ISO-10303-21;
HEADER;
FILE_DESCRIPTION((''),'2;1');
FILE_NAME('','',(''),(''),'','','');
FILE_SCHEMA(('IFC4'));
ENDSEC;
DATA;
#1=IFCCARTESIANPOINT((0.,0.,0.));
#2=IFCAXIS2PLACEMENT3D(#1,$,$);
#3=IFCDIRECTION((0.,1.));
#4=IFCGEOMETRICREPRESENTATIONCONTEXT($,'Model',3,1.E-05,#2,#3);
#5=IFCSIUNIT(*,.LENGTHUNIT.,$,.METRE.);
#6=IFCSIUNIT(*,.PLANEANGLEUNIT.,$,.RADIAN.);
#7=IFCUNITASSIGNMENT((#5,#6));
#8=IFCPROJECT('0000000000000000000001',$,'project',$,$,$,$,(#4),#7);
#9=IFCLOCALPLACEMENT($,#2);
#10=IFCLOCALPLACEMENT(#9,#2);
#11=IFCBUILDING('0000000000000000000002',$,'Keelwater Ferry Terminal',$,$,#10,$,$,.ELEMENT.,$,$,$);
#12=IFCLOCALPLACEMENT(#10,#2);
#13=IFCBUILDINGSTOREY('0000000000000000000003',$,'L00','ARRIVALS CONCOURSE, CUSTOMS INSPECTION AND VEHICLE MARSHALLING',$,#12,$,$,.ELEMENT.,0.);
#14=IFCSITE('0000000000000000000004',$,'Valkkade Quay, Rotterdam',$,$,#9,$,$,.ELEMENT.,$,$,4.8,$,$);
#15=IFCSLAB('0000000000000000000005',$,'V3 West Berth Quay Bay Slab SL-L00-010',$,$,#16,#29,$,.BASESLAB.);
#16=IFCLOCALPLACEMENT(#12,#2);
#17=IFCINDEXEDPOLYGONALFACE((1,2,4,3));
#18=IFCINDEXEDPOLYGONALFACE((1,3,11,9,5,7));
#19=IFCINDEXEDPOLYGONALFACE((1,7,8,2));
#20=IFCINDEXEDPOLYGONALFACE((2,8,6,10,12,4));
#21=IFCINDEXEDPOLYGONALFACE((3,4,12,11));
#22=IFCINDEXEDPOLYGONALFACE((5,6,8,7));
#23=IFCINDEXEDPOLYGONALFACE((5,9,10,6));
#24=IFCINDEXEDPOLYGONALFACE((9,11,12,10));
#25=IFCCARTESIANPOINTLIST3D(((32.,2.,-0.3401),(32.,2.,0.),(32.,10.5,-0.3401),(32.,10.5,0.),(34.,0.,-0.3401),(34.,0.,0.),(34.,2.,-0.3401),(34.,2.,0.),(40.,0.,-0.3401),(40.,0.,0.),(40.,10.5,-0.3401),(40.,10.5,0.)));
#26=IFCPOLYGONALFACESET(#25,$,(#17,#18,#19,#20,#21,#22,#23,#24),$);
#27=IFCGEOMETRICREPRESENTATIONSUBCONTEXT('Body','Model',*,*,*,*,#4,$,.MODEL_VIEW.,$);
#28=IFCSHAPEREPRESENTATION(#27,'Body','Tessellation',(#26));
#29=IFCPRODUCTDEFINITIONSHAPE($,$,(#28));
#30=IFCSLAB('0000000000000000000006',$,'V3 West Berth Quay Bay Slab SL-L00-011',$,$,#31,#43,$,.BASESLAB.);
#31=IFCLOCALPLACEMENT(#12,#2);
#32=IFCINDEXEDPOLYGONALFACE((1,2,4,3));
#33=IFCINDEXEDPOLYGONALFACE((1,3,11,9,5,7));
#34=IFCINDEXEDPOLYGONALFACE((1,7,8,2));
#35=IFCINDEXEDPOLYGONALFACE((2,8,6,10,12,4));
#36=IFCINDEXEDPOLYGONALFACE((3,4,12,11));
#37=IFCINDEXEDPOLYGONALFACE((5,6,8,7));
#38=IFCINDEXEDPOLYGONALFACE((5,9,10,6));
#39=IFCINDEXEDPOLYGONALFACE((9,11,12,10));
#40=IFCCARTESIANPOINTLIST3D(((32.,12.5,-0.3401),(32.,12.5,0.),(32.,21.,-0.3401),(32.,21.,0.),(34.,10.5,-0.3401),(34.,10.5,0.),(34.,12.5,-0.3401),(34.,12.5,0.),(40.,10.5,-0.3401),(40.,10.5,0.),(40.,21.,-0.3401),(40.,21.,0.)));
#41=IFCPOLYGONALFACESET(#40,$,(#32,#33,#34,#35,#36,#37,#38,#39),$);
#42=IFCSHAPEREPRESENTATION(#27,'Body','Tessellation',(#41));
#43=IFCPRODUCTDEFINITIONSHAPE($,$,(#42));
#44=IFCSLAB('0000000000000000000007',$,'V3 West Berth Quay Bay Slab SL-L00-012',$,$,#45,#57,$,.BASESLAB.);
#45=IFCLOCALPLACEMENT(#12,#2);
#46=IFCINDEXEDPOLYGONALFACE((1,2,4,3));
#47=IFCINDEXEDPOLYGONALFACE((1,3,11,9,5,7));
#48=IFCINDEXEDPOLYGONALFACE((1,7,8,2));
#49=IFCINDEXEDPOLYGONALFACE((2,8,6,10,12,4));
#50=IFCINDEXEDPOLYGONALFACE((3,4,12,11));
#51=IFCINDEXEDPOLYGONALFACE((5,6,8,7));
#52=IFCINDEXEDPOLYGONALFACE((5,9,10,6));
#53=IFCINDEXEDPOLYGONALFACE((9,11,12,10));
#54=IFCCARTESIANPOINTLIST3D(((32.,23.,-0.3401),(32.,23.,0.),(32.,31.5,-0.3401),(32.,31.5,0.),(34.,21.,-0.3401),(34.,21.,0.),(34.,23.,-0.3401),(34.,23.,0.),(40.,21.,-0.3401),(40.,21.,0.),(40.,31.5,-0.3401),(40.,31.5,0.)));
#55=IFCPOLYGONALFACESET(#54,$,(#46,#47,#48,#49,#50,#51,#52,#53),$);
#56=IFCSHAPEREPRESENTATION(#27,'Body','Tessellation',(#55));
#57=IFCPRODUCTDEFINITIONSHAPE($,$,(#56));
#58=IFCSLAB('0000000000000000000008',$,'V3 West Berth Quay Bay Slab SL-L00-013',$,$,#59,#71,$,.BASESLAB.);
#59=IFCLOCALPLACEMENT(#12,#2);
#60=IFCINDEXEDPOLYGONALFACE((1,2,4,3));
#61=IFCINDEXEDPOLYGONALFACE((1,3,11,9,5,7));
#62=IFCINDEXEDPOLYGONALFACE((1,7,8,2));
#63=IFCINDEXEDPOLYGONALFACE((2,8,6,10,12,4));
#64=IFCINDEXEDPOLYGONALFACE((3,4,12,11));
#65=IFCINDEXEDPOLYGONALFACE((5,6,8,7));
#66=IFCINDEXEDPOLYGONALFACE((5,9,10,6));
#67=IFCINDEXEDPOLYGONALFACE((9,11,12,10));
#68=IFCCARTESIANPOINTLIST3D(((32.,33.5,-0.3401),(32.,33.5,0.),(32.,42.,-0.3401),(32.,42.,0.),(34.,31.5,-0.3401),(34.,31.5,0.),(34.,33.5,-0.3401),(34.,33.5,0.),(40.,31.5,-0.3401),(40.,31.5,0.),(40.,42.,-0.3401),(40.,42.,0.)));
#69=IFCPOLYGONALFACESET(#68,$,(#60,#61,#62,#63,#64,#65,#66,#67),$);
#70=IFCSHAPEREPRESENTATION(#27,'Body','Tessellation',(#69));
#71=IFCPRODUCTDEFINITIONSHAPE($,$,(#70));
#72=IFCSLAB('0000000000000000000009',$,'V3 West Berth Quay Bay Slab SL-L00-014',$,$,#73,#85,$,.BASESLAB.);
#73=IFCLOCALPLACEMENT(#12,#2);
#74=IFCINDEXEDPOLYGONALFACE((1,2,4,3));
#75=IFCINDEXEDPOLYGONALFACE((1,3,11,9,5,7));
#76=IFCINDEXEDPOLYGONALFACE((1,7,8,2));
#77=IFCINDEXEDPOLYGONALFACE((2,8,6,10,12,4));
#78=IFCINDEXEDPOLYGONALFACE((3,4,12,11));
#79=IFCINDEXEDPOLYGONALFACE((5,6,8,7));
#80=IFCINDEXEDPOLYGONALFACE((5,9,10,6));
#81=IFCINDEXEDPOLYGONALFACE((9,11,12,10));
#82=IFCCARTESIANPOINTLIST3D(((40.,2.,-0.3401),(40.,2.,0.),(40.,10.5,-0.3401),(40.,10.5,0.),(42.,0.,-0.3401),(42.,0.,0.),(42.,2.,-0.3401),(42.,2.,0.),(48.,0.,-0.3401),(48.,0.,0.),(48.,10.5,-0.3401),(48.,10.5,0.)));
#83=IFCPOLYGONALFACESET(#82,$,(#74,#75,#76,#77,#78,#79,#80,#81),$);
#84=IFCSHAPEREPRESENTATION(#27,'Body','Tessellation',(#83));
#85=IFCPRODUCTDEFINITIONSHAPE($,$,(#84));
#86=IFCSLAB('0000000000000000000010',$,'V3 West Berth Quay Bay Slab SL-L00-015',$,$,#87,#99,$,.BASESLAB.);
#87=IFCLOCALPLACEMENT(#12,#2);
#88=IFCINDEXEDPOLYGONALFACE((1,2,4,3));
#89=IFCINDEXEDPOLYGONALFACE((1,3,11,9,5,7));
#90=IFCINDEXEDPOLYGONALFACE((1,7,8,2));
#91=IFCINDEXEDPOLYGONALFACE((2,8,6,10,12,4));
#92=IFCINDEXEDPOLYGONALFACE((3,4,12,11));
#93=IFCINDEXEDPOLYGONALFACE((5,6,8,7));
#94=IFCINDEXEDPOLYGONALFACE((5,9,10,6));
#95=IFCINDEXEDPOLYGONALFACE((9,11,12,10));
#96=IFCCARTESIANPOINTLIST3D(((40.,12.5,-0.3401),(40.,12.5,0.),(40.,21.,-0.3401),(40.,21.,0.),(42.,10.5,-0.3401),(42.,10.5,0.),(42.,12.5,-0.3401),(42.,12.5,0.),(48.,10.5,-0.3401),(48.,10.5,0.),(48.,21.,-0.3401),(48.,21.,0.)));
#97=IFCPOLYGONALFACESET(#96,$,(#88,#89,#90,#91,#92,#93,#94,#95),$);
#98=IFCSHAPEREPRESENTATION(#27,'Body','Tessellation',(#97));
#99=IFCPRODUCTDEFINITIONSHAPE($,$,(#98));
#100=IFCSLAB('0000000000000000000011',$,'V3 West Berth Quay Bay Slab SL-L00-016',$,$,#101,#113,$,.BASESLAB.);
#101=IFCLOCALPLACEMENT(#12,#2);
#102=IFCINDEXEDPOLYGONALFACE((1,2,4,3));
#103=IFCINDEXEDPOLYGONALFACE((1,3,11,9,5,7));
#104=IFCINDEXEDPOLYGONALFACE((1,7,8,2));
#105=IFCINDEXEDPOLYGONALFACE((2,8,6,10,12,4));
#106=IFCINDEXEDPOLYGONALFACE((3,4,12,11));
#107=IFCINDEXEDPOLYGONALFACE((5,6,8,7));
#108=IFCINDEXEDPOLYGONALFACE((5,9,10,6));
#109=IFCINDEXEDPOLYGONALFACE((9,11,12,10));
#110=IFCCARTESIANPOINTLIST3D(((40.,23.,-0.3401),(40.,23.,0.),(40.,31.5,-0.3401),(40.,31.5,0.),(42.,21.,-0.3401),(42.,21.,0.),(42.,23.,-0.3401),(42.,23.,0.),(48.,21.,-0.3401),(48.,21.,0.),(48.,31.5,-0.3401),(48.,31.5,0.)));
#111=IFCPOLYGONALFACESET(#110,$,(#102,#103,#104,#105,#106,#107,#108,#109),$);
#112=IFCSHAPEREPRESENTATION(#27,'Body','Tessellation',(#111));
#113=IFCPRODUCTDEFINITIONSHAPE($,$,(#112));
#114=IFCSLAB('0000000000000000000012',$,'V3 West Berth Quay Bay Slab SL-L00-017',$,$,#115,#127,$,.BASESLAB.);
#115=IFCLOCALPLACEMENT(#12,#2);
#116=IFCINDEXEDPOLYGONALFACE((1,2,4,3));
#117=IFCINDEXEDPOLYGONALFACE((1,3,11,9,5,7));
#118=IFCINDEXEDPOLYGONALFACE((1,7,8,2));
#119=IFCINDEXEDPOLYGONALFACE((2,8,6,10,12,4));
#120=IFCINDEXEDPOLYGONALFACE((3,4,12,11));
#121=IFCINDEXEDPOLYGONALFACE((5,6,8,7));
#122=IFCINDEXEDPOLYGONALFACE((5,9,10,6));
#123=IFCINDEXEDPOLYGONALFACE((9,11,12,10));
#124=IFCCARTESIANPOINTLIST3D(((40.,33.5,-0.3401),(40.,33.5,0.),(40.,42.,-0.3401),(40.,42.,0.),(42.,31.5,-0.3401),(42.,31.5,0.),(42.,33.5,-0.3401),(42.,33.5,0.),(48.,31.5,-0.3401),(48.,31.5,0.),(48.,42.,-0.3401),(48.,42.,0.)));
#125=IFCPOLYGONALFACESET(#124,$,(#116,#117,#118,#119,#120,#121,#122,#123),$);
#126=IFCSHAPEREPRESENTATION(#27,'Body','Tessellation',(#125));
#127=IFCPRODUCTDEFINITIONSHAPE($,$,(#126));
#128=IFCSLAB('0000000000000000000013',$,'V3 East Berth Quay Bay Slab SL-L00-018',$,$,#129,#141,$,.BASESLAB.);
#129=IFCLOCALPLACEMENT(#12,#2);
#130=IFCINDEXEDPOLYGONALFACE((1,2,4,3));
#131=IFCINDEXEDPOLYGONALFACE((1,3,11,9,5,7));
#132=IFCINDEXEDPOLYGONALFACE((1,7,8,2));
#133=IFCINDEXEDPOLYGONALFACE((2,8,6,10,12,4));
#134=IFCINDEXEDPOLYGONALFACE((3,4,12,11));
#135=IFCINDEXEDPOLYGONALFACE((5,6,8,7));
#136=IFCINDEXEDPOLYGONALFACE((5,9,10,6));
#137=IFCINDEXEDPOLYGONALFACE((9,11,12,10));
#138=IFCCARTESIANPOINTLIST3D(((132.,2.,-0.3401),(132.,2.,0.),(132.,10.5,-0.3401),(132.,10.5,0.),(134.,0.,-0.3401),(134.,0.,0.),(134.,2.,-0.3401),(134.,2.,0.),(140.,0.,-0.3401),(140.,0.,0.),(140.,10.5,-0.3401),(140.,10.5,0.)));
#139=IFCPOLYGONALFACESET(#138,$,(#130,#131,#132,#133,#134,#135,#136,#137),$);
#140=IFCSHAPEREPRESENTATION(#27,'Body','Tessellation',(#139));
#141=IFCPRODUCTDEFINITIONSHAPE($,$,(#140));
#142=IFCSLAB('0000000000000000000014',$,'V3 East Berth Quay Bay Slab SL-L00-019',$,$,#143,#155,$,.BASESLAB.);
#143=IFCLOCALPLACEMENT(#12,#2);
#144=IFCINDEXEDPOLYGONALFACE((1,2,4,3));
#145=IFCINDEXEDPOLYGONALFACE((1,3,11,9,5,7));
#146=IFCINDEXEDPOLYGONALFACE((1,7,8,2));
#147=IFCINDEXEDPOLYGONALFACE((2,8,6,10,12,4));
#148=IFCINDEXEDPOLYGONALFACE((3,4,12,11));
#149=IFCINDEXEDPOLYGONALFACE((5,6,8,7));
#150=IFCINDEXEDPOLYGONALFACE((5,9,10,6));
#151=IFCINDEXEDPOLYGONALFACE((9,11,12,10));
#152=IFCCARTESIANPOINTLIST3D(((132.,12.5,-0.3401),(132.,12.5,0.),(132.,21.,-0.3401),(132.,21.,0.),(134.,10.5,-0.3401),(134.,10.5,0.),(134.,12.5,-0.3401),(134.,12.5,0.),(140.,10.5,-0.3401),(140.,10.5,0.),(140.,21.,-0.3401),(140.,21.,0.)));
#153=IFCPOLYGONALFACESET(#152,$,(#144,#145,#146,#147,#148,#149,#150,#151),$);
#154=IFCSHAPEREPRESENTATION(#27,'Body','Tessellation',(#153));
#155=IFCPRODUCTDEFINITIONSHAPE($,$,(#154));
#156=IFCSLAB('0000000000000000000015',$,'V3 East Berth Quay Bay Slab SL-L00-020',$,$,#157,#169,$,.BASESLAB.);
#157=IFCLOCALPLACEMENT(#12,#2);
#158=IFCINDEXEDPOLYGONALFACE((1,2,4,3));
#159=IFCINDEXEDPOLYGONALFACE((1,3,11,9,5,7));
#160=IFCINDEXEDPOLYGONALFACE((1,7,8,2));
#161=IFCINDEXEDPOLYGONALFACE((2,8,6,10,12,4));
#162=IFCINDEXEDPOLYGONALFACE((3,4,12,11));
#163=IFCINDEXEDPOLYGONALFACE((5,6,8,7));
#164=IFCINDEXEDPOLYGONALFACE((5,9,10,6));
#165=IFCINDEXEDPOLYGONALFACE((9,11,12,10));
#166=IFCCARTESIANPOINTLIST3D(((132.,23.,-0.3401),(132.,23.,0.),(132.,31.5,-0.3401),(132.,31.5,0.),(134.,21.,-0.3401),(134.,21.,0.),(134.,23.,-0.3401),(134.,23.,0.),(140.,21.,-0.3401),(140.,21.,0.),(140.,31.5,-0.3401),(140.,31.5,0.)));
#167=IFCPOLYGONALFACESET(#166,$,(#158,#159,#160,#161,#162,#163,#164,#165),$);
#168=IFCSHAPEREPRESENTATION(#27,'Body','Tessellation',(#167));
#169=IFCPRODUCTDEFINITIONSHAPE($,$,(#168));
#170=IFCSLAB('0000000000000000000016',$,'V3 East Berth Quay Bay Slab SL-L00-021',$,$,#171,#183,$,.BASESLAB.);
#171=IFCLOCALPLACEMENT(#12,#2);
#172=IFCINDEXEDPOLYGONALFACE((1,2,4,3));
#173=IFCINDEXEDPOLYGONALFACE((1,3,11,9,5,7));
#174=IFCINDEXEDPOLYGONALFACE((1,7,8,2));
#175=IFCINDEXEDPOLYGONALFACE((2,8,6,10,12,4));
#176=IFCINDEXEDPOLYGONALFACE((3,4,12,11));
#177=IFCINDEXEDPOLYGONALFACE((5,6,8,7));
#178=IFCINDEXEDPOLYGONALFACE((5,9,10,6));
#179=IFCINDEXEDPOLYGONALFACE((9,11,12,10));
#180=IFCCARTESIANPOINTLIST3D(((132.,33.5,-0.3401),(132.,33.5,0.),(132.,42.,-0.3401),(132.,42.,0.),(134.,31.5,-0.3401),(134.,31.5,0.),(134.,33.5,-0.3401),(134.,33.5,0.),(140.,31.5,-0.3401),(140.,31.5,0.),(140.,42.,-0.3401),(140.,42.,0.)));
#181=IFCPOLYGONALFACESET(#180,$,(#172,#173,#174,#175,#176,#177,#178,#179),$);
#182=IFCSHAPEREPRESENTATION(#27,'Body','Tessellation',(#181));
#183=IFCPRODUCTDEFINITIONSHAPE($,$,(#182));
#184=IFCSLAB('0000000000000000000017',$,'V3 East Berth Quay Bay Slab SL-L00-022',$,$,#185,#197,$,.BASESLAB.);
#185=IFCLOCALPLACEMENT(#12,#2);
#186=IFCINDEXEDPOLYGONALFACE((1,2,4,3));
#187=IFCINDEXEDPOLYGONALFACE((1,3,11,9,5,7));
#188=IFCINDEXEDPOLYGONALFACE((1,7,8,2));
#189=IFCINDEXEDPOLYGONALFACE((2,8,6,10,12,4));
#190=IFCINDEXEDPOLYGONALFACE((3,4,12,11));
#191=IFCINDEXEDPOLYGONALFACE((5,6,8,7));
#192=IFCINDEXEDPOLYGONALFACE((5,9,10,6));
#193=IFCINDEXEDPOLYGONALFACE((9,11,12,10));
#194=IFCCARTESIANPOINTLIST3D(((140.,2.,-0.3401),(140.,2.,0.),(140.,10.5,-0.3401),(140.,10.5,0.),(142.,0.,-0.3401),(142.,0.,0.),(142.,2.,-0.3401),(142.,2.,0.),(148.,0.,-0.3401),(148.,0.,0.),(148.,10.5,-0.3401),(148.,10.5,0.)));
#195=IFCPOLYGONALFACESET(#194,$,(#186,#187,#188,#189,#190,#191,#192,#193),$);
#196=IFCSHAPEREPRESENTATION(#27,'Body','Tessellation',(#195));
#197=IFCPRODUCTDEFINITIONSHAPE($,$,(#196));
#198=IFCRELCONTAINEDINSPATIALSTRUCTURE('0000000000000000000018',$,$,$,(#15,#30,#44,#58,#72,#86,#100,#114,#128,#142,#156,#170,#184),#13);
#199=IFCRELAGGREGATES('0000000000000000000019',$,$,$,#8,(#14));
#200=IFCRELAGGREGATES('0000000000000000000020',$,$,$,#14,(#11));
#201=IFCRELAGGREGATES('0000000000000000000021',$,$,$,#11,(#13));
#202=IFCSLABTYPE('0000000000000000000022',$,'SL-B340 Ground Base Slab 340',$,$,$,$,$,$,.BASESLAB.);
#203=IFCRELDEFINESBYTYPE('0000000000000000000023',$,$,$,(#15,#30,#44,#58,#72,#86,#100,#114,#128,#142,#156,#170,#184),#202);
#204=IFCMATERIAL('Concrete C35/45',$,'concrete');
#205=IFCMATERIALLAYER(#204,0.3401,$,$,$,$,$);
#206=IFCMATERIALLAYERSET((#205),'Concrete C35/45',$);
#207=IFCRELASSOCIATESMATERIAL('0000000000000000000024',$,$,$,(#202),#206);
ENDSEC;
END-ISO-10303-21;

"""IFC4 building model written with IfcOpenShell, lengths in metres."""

from ifc_helpers import new_model, si_unit, direction, frame, origin, place, context, subcontext, project, spatial, polyline, outline, extrude, material, layer, layer_set, type_object, element, save


model = new_model("IFC4")

# Units and contexts
model_context = context("Model", 3, precision=1e-05, world=origin(), true_north=direction((0.0, 1.0)))
body_context = subcontext(model_context, "Body", "Model", "MODEL_VIEW")
ifc_project = project(units=[si_unit("LENGTHUNIT", "METRE"), si_unit("PLANEANGLEUNIT", "RADIAN")], contexts=[model_context])

# Site, building, storey
site_placement = place(None, origin())
site = spatial("IfcSite", under=ifc_project, at=site_placement, Name="Valkkade Quay, Rotterdam", CompositionType="ELEMENT", RefElevation=4.8)
building_placement = place(site_placement, origin())
building = spatial("IfcBuilding", under=site, at=building_placement, Name="Keelwater Ferry Terminal", CompositionType="ELEMENT")
storey_placement = place(building_placement, origin())
storey = spatial("IfcBuildingStorey", under=building, at=storey_placement, Name="L00", Description="ARRIVALS CONCOURSE, CUSTOMS INSPECTION AND VEHICLE MARSHALLING", CompositionType="ELEMENT", Elevation=0.0)

# Slabs
ifc_material_1 = material(Name="Concrete C35/45", Category="concrete")
ifc_layer_1 = layer(ifc_material_1, 0.3401)
ifc_layer_set_1 = layer_set([ifc_layer_1], Name="Concrete C35/45")
slab_type_1 = type_object("IfcSlabType", Name="SL-B340 Ground Base Slab 340", PredefinedType="BASESLAB", material=ifc_layer_set_1)
slab_1_placement = place(storey_placement, frame((0.0, 0.0, -0.3401)))
element("IfcSlab", 1, at=slab_1_placement, inside=storey, type_object=slab_type_1, Name="V3 West Berth Quay Bay Slab SL-L00-010", PredefinedType="BASESLAB", context=body_context, shape_type="SweptSolid", body=[
    extrude(outline(polyline([(34.0, 0.0), (40.0, 0.0), (40.0, 10.5), (32.0, 10.5), (32.0, 2.0), (34.0, 2.0), (34.0, 0.0)])), origin(), (0.0, 0.0, 1.0), 0.3401),
])
slab_2_placement = place(storey_placement, frame((0.0, 0.0, -0.3401)))
element("IfcSlab", 2, at=slab_2_placement, inside=storey, type_object=slab_type_1, Name="V3 West Berth Quay Bay Slab SL-L00-011", PredefinedType="BASESLAB", context=body_context, shape_type="SweptSolid", body=[
    extrude(outline(polyline([(34.0, 10.5), (40.0, 10.5), (40.0, 21.0), (32.0, 21.0), (32.0, 12.5), (34.0, 12.5), (34.0, 10.5)])), origin(), (0.0, 0.0, 1.0), 0.3401),
])
slab_3_placement = place(storey_placement, frame((0.0, 0.0, -0.3401)))
element("IfcSlab", 3, at=slab_3_placement, inside=storey, type_object=slab_type_1, Name="V3 West Berth Quay Bay Slab SL-L00-012", PredefinedType="BASESLAB", context=body_context, shape_type="SweptSolid", body=[
    extrude(outline(polyline([(34.0, 21.0), (40.0, 21.0), (40.0, 31.5), (32.0, 31.5), (32.0, 23.0), (34.0, 23.0), (34.0, 21.0)])), origin(), (0.0, 0.0, 1.0), 0.3401),
])
slab_4_placement = place(storey_placement, frame((0.0, 0.0, -0.3401)))
element("IfcSlab", 4, at=slab_4_placement, inside=storey, type_object=slab_type_1, Name="V3 West Berth Quay Bay Slab SL-L00-013", PredefinedType="BASESLAB", context=body_context, shape_type="SweptSolid", body=[
    extrude(outline(polyline([(34.0, 31.5), (40.0, 31.5), (40.0, 42.0), (32.0, 42.0), (32.0, 33.5), (34.0, 33.5), (34.0, 31.5)])), origin(), (0.0, 0.0, 1.0), 0.3401),
])
slab_5_placement = place(storey_placement, frame((0.0, 0.0, -0.3401)))
element("IfcSlab", 5, at=slab_5_placement, inside=storey, type_object=slab_type_1, Name="V3 West Berth Quay Bay Slab SL-L00-014", PredefinedType="BASESLAB", context=body_context, shape_type="SweptSolid", body=[
    extrude(outline(polyline([(42.0, 0.0), (48.0, 0.0), (48.0, 10.5), (40.0, 10.5), (40.0, 2.0), (42.0, 2.0), (42.0, 0.0)])), origin(), (0.0, 0.0, 1.0), 0.3401),
])
slab_6_placement = place(storey_placement, frame((0.0, 0.0, -0.3401)))
element("IfcSlab", 6, at=slab_6_placement, inside=storey, type_object=slab_type_1, Name="V3 West Berth Quay Bay Slab SL-L00-015", PredefinedType="BASESLAB", context=body_context, shape_type="SweptSolid", body=[
    extrude(outline(polyline([(42.0, 10.5), (48.0, 10.5), (48.0, 21.0), (40.0, 21.0), (40.0, 12.5), (42.0, 12.5), (42.0, 10.5)])), origin(), (0.0, 0.0, 1.0), 0.3401),
])
slab_7_placement = place(storey_placement, frame((0.0, 0.0, -0.3401)))
element("IfcSlab", 7, at=slab_7_placement, inside=storey, type_object=slab_type_1, Name="V3 West Berth Quay Bay Slab SL-L00-016", PredefinedType="BASESLAB", context=body_context, shape_type="SweptSolid", body=[
    extrude(outline(polyline([(42.0, 21.0), (48.0, 21.0), (48.0, 31.5), (40.0, 31.5), (40.0, 23.0), (42.0, 23.0), (42.0, 21.0)])), origin(), (0.0, 0.0, 1.0), 0.3401),
])
slab_8_placement = place(storey_placement, frame((0.0, 0.0, -0.3401)))
element("IfcSlab", 8, at=slab_8_placement, inside=storey, type_object=slab_type_1, Name="V3 West Berth Quay Bay Slab SL-L00-017", PredefinedType="BASESLAB", context=body_context, shape_type="SweptSolid", body=[
    extrude(outline(polyline([(42.0, 31.5), (48.0, 31.5), (48.0, 42.0), (40.0, 42.0), (40.0, 33.5), (42.0, 33.5), (42.0, 31.5)])), origin(), (0.0, 0.0, 1.0), 0.3401),
])
slab_9_placement = place(storey_placement, frame((0.0, 0.0, -0.3401)))
element("IfcSlab", 9, at=slab_9_placement, inside=storey, type_object=slab_type_1, Name="V3 East Berth Quay Bay Slab SL-L00-018", PredefinedType="BASESLAB", context=body_context, shape_type="SweptSolid", body=[
    extrude(outline(polyline([(134.0, 0.0), (140.0, 0.0), (140.0, 10.5), (132.0, 10.5), (132.0, 2.0), (134.0, 2.0), (134.0, 0.0)])), origin(), (0.0, 0.0, 1.0), 0.3401),
])
slab_10_placement = place(storey_placement, frame((0.0, 0.0, -0.3401)))
element("IfcSlab", 10, at=slab_10_placement, inside=storey, type_object=slab_type_1, Name="V3 East Berth Quay Bay Slab SL-L00-019", PredefinedType="BASESLAB", context=body_context, shape_type="SweptSolid", body=[
    extrude(outline(polyline([(134.0, 10.5), (140.0, 10.5), (140.0, 21.0), (132.0, 21.0), (132.0, 12.5), (134.0, 12.5), (134.0, 10.5)])), origin(), (0.0, 0.0, 1.0), 0.3401),
])
slab_11_placement = place(storey_placement, frame((0.0, 0.0, -0.3401)))
element("IfcSlab", 11, at=slab_11_placement, inside=storey, type_object=slab_type_1, Name="V3 East Berth Quay Bay Slab SL-L00-020", PredefinedType="BASESLAB", context=body_context, shape_type="SweptSolid", body=[
    extrude(outline(polyline([(134.0, 21.0), (140.0, 21.0), (140.0, 31.5), (132.0, 31.5), (132.0, 23.0), (134.0, 23.0), (134.0, 21.0)])), origin(), (0.0, 0.0, 1.0), 0.3401),
])
slab_12_placement = place(storey_placement, frame((0.0, 0.0, -0.3401)))
element("IfcSlab", 12, at=slab_12_placement, inside=storey, type_object=slab_type_1, Name="V3 East Berth Quay Bay Slab SL-L00-021", PredefinedType="BASESLAB", context=body_context, shape_type="SweptSolid", body=[
    extrude(outline(polyline([(134.0, 31.5), (140.0, 31.5), (140.0, 42.0), (132.0, 42.0), (132.0, 33.5), (134.0, 33.5), (134.0, 31.5)])), origin(), (0.0, 0.0, 1.0), 0.3401),
])
slab_13_placement = place(storey_placement, frame((0.0, 0.0, -0.3401)))
element("IfcSlab", 13, at=slab_13_placement, inside=storey, type_object=slab_type_1, Name="V3 East Berth Quay Bay Slab SL-L00-022", PredefinedType="BASESLAB", context=body_context, shape_type="SweptSolid", body=[
    extrude(outline(polyline([(142.0, 0.0), (148.0, 0.0), (148.0, 10.5), (140.0, 10.5), (140.0, 2.0), (142.0, 2.0), (142.0, 0.0)])), origin(), (0.0, 0.0, 1.0), 0.3401),
])

save(model, "model.ifc")
